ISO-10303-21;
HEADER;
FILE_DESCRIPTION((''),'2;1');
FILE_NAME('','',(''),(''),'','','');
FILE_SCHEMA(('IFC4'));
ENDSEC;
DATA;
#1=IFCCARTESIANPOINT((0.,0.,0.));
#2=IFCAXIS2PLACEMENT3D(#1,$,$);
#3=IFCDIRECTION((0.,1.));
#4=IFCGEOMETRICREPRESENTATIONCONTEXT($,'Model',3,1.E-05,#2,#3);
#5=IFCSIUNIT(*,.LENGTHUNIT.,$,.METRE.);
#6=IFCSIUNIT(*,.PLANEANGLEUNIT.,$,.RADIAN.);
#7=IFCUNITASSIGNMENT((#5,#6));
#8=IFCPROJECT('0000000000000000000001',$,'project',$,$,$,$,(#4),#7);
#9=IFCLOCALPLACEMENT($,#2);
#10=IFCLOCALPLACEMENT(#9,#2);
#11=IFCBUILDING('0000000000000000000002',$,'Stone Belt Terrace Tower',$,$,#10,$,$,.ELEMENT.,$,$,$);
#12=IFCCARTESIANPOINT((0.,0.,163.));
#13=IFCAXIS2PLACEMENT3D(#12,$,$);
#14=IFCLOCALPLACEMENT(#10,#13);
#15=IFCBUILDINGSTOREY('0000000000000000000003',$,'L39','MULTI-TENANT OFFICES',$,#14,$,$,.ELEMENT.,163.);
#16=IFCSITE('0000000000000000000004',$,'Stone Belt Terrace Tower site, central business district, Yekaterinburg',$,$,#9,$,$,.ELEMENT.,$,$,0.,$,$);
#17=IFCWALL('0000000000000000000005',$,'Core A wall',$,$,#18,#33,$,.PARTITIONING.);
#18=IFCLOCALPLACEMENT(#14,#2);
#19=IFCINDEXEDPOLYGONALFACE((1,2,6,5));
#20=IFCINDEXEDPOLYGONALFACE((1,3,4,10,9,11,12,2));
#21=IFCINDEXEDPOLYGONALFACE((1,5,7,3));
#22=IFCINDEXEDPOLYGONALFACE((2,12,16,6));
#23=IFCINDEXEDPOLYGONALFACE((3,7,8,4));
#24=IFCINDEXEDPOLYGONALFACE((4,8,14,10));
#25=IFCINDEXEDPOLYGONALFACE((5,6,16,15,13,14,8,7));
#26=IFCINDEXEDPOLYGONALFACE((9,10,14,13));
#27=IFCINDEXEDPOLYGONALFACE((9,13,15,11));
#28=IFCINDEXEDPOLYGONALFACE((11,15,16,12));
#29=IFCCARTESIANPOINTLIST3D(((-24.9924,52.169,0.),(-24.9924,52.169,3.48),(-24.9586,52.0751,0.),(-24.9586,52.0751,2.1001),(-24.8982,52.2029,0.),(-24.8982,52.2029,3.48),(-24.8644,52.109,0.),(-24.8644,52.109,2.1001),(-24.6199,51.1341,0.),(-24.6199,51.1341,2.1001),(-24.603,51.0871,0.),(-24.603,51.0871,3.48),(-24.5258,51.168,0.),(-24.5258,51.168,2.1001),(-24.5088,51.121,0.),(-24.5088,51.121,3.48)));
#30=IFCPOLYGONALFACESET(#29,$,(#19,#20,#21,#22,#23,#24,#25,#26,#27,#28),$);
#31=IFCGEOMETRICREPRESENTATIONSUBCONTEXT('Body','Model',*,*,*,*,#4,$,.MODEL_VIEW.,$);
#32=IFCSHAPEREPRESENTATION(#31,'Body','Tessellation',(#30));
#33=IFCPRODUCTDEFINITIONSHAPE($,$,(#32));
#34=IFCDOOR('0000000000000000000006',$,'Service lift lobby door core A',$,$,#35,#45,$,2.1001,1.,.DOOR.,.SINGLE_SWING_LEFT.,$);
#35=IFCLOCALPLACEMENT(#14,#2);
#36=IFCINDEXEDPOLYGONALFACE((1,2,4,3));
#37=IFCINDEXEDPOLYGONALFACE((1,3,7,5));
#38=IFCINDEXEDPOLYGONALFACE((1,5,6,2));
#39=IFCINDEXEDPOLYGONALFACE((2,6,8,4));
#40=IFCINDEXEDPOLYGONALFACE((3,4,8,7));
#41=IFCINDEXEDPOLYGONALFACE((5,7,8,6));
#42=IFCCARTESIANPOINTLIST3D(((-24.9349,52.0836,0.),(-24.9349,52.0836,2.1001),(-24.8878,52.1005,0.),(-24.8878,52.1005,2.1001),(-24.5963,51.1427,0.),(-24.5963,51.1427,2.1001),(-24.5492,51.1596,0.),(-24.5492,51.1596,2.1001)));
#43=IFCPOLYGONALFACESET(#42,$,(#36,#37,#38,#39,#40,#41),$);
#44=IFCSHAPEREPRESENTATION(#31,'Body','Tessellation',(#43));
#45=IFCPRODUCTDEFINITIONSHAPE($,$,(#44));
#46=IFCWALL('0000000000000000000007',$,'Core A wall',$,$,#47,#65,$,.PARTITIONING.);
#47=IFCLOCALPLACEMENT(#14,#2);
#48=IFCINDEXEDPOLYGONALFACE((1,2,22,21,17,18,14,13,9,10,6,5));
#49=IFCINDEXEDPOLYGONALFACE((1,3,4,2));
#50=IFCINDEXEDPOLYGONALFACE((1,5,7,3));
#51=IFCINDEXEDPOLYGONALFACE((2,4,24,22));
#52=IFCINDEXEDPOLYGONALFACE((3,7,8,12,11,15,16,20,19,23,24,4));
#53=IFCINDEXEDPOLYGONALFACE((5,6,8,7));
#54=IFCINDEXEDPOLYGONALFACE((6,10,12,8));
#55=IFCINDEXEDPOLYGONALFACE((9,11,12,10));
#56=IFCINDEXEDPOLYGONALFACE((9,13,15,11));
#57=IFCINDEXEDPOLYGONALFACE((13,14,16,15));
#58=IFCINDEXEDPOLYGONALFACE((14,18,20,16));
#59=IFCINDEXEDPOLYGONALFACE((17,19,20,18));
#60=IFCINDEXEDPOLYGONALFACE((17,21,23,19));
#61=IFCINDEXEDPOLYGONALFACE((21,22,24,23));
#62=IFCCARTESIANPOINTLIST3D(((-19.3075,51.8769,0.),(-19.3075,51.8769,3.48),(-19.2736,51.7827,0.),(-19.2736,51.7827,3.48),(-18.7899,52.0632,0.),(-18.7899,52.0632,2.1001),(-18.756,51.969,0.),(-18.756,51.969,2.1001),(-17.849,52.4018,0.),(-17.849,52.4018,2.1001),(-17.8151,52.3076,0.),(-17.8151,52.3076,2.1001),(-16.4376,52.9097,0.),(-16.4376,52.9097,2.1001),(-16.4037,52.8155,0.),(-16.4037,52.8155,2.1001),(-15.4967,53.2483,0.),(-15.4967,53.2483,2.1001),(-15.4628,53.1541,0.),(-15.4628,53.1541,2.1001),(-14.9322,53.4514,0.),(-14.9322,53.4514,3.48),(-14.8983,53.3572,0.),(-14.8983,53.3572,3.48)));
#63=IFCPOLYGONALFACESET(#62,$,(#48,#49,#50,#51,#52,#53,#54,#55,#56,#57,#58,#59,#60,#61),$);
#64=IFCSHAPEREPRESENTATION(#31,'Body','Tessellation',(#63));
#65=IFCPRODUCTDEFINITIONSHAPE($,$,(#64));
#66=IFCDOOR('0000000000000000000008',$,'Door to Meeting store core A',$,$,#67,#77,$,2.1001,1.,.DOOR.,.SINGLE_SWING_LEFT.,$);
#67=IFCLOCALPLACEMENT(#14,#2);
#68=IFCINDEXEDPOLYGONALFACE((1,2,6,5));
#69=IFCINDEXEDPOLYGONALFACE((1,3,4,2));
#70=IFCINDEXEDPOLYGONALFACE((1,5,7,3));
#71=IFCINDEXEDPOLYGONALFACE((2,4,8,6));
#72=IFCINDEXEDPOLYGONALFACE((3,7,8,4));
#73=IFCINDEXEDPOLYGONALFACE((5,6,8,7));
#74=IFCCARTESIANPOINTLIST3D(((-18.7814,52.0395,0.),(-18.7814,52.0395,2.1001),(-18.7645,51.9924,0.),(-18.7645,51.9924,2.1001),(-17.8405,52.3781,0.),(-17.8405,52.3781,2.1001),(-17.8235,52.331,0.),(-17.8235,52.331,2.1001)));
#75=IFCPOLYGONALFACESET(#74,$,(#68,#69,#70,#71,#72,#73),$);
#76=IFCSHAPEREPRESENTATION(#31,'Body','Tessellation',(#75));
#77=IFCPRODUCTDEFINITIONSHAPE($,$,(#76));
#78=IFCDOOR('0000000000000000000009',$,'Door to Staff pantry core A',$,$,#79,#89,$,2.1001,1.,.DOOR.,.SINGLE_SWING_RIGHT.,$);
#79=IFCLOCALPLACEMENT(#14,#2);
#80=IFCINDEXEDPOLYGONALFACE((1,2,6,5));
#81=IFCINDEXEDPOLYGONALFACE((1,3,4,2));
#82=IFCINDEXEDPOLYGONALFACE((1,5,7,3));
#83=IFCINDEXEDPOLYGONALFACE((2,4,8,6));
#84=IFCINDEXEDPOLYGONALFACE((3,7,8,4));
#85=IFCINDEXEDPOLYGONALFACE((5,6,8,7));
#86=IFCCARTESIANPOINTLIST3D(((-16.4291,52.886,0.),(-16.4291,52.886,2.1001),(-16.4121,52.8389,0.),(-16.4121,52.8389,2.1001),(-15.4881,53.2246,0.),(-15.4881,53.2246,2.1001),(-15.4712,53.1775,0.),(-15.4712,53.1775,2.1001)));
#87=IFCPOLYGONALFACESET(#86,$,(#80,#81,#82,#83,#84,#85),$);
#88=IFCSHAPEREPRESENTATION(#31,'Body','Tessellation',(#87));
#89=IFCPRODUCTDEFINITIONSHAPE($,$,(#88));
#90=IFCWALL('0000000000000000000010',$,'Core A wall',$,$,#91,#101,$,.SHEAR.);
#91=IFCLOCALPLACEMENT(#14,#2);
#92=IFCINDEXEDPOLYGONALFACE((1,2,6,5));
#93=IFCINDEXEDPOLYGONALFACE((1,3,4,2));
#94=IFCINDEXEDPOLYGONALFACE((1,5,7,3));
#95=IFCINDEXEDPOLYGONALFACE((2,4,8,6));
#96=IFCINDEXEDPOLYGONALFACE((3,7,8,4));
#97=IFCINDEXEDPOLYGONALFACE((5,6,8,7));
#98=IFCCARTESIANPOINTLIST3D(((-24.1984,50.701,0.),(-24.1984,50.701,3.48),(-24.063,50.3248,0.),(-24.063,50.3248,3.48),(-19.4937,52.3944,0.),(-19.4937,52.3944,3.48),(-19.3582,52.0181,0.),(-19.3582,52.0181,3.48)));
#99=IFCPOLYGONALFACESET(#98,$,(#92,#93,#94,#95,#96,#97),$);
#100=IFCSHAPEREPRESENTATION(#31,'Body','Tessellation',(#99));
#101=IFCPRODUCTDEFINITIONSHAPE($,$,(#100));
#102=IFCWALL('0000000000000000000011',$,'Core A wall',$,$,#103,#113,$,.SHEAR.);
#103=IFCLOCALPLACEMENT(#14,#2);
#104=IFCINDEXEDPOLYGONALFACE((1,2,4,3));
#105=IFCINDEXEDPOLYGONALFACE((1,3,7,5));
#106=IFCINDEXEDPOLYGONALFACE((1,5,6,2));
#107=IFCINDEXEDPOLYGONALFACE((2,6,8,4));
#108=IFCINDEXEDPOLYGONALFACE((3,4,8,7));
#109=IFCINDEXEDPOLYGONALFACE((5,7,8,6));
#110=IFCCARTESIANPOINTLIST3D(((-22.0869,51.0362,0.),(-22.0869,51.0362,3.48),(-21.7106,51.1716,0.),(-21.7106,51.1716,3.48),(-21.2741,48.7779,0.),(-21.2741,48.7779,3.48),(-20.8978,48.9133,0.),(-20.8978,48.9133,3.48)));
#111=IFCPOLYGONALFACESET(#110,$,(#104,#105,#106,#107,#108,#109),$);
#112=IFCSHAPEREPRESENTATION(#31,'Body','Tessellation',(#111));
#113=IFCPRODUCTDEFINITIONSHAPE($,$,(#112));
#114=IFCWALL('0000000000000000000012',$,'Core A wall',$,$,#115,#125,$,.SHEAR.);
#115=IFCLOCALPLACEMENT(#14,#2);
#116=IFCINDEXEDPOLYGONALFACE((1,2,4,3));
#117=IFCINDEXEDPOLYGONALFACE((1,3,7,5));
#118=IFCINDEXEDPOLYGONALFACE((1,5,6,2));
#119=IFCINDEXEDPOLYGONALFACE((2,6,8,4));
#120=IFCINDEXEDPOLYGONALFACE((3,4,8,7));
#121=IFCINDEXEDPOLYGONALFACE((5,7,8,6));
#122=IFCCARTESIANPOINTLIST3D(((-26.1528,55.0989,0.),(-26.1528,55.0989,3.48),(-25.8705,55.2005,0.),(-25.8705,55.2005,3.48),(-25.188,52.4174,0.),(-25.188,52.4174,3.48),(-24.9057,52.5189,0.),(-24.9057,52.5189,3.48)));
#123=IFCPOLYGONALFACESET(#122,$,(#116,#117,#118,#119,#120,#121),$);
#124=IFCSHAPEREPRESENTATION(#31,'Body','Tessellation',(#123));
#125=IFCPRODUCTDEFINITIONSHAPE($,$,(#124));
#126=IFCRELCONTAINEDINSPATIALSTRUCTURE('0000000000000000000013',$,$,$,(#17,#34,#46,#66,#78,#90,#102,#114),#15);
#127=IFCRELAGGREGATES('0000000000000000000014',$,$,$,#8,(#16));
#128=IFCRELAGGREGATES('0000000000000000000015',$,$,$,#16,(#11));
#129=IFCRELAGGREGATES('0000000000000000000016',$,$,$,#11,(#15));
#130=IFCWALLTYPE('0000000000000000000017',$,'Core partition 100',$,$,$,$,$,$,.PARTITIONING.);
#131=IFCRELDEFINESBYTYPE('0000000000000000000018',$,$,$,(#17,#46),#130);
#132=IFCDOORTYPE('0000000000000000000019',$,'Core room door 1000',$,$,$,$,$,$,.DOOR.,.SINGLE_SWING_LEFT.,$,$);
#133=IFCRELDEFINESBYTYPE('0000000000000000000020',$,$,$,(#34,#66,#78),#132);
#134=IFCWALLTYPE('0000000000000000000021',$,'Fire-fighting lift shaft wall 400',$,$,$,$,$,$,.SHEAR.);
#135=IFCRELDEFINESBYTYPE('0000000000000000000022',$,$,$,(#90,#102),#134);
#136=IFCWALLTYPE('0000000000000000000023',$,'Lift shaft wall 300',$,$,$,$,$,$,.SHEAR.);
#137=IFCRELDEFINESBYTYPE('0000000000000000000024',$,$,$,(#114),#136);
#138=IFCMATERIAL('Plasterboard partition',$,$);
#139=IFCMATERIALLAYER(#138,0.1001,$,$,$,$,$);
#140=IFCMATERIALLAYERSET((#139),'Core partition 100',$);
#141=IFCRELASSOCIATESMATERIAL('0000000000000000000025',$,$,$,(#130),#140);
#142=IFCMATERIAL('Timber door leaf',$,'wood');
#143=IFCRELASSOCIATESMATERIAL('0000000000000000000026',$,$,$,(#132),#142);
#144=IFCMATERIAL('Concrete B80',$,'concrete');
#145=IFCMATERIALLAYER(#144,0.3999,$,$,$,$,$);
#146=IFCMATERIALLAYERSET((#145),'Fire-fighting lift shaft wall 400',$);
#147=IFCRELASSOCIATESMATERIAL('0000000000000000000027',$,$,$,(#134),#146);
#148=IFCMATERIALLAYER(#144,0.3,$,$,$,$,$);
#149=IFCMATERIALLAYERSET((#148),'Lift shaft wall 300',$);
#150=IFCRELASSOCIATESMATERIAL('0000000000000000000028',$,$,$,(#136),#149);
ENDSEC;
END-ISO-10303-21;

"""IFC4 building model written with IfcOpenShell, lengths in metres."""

from ifc_helpers import new_model, si_unit, direction, frame, frame_2d, origin, place, context, subcontext, project, spatial, rectangle, extrude, material, layer, layer_set, type_object, element, fill, save


model = new_model("IFC4")

# Units and contexts
model_context = context("Model", 3, precision=1e-05, world=origin(), true_north=direction((0.0, 1.0)))
body_context = subcontext(model_context, "Body", "Model", "MODEL_VIEW")
ifc_project = project(units=[si_unit("LENGTHUNIT", "METRE"), si_unit("PLANEANGLEUNIT", "RADIAN")], contexts=[model_context])

# Site, building, storey
site_placement = place(None, origin())
site = spatial("IfcSite", under=ifc_project, at=site_placement, Name="Stone Belt Terrace Tower site, central business district, Yekaterinburg", CompositionType="ELEMENT", RefElevation=0.0)
building_placement = place(site_placement, origin())
building = spatial("IfcBuilding", under=site, at=building_placement, Name="Stone Belt Terrace Tower", CompositionType="ELEMENT")
storey_placement = place(building_placement, frame((0.0, 0.0, 163.0)))
storey = spatial("IfcBuildingStorey", under=building, at=storey_placement, Name="L39", Description="MULTI-TENANT OFFICES", CompositionType="ELEMENT", Elevation=163.0)

# Wall, opening, door
ifc_material_1 = material(Name="Plasterboard partition")
ifc_layer_1 = layer(ifc_material_1, 0.1001)
ifc_layer_set_1 = layer_set([ifc_layer_1], Name="Core partition 100")
wall_type_1 = type_object("IfcWallType", Name="Core partition 100", PredefinedType="PARTITIONING", material=ifc_layer_set_1)
wall_1_placement = place(storey_placement, frame((-24.5559, 51.104, 0.0), z_axis=(0.0, 0.0, 1.0), x_axis=(-0.338622, 0.940923, 0.0)))
wall_1 = element("IfcWall", 1, at=wall_1_placement, inside=storey, type_object=wall_type_1, Name="Core A wall", PredefinedType="PARTITIONING", context=body_context, shape_type="SweptSolid", body=[
    extrude(rectangle(XDim=1.1499, YDim=0.1001, at=frame_2d((0.575, 0.0))), origin(), (0.0, 0.0, 1.0), 3.48),
])
opening_1_placement = place(wall_1_placement, frame((0.05, 0.0, 0.0)))
opening_1 = element("IfcOpeningElement", 2, at=opening_1_placement, cuts=wall_1, PredefinedType="OPENING", context=body_context, shape_type="SweptSolid", body=[
    extrude(rectangle(XDim=1.0, YDim=2.1001, at=frame_2d((0.5, 1.05))), frame((0.0, 0.0601, 0.0), z_axis=(0.0, -1.0, 0.0), x_axis=(1.0, 0.0, 0.0)), (0.0, 0.0, 1.0), 0.1201),
])
ifc_material_2 = material(Name="Timber door leaf", Category="wood")
door_type_1 = type_object("IfcDoorType", Name="Core room door 1000", OperationType="SINGLE_SWING_LEFT", PredefinedType="DOOR", material=ifc_material_2)
door_1_placement = place(opening_1_placement, origin())
door_1 = element("IfcDoor", 3, at=door_1_placement, inside=storey, type_object=door_type_1, Name="Service lift lobby door core A", OperationType="SINGLE_SWING_LEFT", OverallHeight=2.1001, OverallWidth=1.0, PredefinedType="DOOR", context=body_context, shape_type="SweptSolid", body=[
    extrude(rectangle(XDim=1.0, YDim=2.1001, at=frame_2d((0.5, 1.05))), frame((0.0, 0.0249, 0.0), z_axis=(0.0, -1.0, 0.0), x_axis=(1.0, 0.0, 0.0)), (0.0, 0.0, 1.0), 0.05),
])
fill(opening_1, door_1)

# Wall, openings, doors
wall_2_placement = place(storey_placement, frame((-19.2905, 51.8298, 0.0), z_axis=(0.0, 0.0, 1.0), x_axis=(0.94093, 0.3386, 0.0)))
wall_2 = element("IfcWall", 4, at=wall_2_placement, inside=storey, type_object=wall_type_1, Name="Core A wall", PredefinedType="PARTITIONING", context=body_context, shape_type="SweptSolid", body=[
    extrude(rectangle(XDim=4.6499, YDim=0.1001, at=frame_2d((2.325, 0.0))), origin(), (0.0, 0.0, 1.0), 3.48),
])
opening_2_placement = place(wall_2_placement, frame((0.55, 0.0, 0.0)))
opening_2 = element("IfcOpeningElement", 5, at=opening_2_placement, cuts=wall_2, PredefinedType="OPENING", context=body_context, shape_type="SweptSolid", body=[
    extrude(rectangle(XDim=1.0, YDim=2.1001, at=frame_2d((0.5, 1.05))), frame((0.0, 0.0601, 0.0), z_axis=(0.0, -1.0, 0.0), x_axis=(1.0, 0.0, 0.0)), (0.0, 0.0, 1.0), 0.1201),
])
opening_3_placement = place(wall_2_placement, frame((3.05, 0.0, 0.0)))
opening_3 = element("IfcOpeningElement", 6, at=opening_3_placement, cuts=wall_2, PredefinedType="OPENING", context=body_context, shape_type="SweptSolid", body=[
    extrude(rectangle(XDim=1.0, YDim=2.1001, at=frame_2d((0.5, 1.05))), frame((0.0, 0.0601, 0.0), z_axis=(0.0, -1.0, 0.0), x_axis=(1.0, 0.0, 0.0)), (0.0, 0.0, 1.0), 0.1201),
])
door_2_placement = place(opening_2_placement, origin())
door_2 = element("IfcDoor", 7, at=door_2_placement, inside=storey, type_object=door_type_1, Name="Door to Meeting store core A", OperationType="SINGLE_SWING_LEFT", OverallHeight=2.1001, OverallWidth=1.0, PredefinedType="DOOR", context=body_context, shape_type="SweptSolid", body=[
    extrude(rectangle(XDim=1.0, YDim=2.1001, at=frame_2d((0.5, 1.05))), frame((0.0, 0.0249, 0.0), z_axis=(0.0, -1.0, 0.0), x_axis=(1.0, 0.0, 0.0)), (0.0, 0.0, 1.0), 0.05),
])
fill(opening_2, door_2)
door_3_placement = place(opening_3_placement, origin())
door_3 = element("IfcDoor", 8, at=door_3_placement, inside=storey, type_object=door_type_1, Name="Door to Staff pantry core A", OperationType="SINGLE_SWING_RIGHT", OverallHeight=2.1001, OverallWidth=1.0, PredefinedType="DOOR", context=body_context, shape_type="SweptSolid", body=[
    extrude(rectangle(XDim=1.0, YDim=2.1001, at=frame_2d((0.5, 1.05))), frame((0.0, 0.0249, 0.0), z_axis=(0.0, -1.0, 0.0), x_axis=(1.0, 0.0, 0.0)), (0.0, 0.0, 1.0), 0.05),
])
fill(opening_3, door_3)

# Walls
ifc_material_3 = material(Name="Concrete B80", Category="concrete")
ifc_layer_2 = layer(ifc_material_3, 0.3999)
ifc_layer_set_2 = layer_set([ifc_layer_2], Name="Fire-fighting lift shaft wall 400")
wall_type_2 = type_object("IfcWallType", Name="Fire-fighting lift shaft wall 400", PredefinedType="SHEAR", material=ifc_layer_set_2)
wall_3_placement = place(storey_placement, frame((-24.1306, 50.5129, 0.0), z_axis=(0.0, 0.0, 1.0), x_axis=(0.940912, 0.338652, 0.0)))
element("IfcWall", 9, at=wall_3_placement, inside=storey, type_object=wall_type_2, Name="Core A wall", PredefinedType="SHEAR", context=body_context, shape_type="SweptSolid", body=[
    extrude(rectangle(XDim=5.0002, YDim=0.3999, at=frame_2d((2.5, 0.0))), origin(), (0.0, 0.0, 1.0), 3.48),
])
wall_4_placement = place(storey_placement, frame((-21.0859, 48.8455, 0.0), z_axis=(0.0, 0.0, 1.0), x_axis=(-0.338629, 0.94092, 0.0)))
element("IfcWall", 10, at=wall_4_placement, inside=storey, type_object=wall_type_2, Name="Core A wall", PredefinedType="SHEAR", context=body_context, shape_type="SweptSolid", body=[
    extrude(rectangle(XDim=2.4001, YDim=0.3999, at=frame_2d((1.2002, 0.0))), origin(), (0.0, 0.0, 1.0), 3.48),
])
ifc_layer_3 = layer(ifc_material_3, 0.3)
ifc_layer_set_3 = layer_set([ifc_layer_3], Name="Lift shaft wall 300")
wall_type_3 = type_object("IfcWallType", Name="Lift shaft wall 300", PredefinedType="SHEAR", material=ifc_layer_set_3)
wall_5_placement = place(storey_placement, frame((-25.0469, 52.4683, 0.0), z_axis=(0.0, 0.0, 1.0), x_axis=(-0.33855, 0.940949, 0.0)))
element("IfcWall", 11, at=wall_5_placement, inside=storey, type_object=wall_type_3, Name="Core A wall", PredefinedType="SHEAR", context=body_context, shape_type="SweptSolid", body=[
    extrude(rectangle(XDim=2.8499, YDim=0.3, at=frame_2d((1.4248, 0.0))), origin(), (0.0, 0.0, 1.0), 3.48),
])

save(model, "model.ifc")
